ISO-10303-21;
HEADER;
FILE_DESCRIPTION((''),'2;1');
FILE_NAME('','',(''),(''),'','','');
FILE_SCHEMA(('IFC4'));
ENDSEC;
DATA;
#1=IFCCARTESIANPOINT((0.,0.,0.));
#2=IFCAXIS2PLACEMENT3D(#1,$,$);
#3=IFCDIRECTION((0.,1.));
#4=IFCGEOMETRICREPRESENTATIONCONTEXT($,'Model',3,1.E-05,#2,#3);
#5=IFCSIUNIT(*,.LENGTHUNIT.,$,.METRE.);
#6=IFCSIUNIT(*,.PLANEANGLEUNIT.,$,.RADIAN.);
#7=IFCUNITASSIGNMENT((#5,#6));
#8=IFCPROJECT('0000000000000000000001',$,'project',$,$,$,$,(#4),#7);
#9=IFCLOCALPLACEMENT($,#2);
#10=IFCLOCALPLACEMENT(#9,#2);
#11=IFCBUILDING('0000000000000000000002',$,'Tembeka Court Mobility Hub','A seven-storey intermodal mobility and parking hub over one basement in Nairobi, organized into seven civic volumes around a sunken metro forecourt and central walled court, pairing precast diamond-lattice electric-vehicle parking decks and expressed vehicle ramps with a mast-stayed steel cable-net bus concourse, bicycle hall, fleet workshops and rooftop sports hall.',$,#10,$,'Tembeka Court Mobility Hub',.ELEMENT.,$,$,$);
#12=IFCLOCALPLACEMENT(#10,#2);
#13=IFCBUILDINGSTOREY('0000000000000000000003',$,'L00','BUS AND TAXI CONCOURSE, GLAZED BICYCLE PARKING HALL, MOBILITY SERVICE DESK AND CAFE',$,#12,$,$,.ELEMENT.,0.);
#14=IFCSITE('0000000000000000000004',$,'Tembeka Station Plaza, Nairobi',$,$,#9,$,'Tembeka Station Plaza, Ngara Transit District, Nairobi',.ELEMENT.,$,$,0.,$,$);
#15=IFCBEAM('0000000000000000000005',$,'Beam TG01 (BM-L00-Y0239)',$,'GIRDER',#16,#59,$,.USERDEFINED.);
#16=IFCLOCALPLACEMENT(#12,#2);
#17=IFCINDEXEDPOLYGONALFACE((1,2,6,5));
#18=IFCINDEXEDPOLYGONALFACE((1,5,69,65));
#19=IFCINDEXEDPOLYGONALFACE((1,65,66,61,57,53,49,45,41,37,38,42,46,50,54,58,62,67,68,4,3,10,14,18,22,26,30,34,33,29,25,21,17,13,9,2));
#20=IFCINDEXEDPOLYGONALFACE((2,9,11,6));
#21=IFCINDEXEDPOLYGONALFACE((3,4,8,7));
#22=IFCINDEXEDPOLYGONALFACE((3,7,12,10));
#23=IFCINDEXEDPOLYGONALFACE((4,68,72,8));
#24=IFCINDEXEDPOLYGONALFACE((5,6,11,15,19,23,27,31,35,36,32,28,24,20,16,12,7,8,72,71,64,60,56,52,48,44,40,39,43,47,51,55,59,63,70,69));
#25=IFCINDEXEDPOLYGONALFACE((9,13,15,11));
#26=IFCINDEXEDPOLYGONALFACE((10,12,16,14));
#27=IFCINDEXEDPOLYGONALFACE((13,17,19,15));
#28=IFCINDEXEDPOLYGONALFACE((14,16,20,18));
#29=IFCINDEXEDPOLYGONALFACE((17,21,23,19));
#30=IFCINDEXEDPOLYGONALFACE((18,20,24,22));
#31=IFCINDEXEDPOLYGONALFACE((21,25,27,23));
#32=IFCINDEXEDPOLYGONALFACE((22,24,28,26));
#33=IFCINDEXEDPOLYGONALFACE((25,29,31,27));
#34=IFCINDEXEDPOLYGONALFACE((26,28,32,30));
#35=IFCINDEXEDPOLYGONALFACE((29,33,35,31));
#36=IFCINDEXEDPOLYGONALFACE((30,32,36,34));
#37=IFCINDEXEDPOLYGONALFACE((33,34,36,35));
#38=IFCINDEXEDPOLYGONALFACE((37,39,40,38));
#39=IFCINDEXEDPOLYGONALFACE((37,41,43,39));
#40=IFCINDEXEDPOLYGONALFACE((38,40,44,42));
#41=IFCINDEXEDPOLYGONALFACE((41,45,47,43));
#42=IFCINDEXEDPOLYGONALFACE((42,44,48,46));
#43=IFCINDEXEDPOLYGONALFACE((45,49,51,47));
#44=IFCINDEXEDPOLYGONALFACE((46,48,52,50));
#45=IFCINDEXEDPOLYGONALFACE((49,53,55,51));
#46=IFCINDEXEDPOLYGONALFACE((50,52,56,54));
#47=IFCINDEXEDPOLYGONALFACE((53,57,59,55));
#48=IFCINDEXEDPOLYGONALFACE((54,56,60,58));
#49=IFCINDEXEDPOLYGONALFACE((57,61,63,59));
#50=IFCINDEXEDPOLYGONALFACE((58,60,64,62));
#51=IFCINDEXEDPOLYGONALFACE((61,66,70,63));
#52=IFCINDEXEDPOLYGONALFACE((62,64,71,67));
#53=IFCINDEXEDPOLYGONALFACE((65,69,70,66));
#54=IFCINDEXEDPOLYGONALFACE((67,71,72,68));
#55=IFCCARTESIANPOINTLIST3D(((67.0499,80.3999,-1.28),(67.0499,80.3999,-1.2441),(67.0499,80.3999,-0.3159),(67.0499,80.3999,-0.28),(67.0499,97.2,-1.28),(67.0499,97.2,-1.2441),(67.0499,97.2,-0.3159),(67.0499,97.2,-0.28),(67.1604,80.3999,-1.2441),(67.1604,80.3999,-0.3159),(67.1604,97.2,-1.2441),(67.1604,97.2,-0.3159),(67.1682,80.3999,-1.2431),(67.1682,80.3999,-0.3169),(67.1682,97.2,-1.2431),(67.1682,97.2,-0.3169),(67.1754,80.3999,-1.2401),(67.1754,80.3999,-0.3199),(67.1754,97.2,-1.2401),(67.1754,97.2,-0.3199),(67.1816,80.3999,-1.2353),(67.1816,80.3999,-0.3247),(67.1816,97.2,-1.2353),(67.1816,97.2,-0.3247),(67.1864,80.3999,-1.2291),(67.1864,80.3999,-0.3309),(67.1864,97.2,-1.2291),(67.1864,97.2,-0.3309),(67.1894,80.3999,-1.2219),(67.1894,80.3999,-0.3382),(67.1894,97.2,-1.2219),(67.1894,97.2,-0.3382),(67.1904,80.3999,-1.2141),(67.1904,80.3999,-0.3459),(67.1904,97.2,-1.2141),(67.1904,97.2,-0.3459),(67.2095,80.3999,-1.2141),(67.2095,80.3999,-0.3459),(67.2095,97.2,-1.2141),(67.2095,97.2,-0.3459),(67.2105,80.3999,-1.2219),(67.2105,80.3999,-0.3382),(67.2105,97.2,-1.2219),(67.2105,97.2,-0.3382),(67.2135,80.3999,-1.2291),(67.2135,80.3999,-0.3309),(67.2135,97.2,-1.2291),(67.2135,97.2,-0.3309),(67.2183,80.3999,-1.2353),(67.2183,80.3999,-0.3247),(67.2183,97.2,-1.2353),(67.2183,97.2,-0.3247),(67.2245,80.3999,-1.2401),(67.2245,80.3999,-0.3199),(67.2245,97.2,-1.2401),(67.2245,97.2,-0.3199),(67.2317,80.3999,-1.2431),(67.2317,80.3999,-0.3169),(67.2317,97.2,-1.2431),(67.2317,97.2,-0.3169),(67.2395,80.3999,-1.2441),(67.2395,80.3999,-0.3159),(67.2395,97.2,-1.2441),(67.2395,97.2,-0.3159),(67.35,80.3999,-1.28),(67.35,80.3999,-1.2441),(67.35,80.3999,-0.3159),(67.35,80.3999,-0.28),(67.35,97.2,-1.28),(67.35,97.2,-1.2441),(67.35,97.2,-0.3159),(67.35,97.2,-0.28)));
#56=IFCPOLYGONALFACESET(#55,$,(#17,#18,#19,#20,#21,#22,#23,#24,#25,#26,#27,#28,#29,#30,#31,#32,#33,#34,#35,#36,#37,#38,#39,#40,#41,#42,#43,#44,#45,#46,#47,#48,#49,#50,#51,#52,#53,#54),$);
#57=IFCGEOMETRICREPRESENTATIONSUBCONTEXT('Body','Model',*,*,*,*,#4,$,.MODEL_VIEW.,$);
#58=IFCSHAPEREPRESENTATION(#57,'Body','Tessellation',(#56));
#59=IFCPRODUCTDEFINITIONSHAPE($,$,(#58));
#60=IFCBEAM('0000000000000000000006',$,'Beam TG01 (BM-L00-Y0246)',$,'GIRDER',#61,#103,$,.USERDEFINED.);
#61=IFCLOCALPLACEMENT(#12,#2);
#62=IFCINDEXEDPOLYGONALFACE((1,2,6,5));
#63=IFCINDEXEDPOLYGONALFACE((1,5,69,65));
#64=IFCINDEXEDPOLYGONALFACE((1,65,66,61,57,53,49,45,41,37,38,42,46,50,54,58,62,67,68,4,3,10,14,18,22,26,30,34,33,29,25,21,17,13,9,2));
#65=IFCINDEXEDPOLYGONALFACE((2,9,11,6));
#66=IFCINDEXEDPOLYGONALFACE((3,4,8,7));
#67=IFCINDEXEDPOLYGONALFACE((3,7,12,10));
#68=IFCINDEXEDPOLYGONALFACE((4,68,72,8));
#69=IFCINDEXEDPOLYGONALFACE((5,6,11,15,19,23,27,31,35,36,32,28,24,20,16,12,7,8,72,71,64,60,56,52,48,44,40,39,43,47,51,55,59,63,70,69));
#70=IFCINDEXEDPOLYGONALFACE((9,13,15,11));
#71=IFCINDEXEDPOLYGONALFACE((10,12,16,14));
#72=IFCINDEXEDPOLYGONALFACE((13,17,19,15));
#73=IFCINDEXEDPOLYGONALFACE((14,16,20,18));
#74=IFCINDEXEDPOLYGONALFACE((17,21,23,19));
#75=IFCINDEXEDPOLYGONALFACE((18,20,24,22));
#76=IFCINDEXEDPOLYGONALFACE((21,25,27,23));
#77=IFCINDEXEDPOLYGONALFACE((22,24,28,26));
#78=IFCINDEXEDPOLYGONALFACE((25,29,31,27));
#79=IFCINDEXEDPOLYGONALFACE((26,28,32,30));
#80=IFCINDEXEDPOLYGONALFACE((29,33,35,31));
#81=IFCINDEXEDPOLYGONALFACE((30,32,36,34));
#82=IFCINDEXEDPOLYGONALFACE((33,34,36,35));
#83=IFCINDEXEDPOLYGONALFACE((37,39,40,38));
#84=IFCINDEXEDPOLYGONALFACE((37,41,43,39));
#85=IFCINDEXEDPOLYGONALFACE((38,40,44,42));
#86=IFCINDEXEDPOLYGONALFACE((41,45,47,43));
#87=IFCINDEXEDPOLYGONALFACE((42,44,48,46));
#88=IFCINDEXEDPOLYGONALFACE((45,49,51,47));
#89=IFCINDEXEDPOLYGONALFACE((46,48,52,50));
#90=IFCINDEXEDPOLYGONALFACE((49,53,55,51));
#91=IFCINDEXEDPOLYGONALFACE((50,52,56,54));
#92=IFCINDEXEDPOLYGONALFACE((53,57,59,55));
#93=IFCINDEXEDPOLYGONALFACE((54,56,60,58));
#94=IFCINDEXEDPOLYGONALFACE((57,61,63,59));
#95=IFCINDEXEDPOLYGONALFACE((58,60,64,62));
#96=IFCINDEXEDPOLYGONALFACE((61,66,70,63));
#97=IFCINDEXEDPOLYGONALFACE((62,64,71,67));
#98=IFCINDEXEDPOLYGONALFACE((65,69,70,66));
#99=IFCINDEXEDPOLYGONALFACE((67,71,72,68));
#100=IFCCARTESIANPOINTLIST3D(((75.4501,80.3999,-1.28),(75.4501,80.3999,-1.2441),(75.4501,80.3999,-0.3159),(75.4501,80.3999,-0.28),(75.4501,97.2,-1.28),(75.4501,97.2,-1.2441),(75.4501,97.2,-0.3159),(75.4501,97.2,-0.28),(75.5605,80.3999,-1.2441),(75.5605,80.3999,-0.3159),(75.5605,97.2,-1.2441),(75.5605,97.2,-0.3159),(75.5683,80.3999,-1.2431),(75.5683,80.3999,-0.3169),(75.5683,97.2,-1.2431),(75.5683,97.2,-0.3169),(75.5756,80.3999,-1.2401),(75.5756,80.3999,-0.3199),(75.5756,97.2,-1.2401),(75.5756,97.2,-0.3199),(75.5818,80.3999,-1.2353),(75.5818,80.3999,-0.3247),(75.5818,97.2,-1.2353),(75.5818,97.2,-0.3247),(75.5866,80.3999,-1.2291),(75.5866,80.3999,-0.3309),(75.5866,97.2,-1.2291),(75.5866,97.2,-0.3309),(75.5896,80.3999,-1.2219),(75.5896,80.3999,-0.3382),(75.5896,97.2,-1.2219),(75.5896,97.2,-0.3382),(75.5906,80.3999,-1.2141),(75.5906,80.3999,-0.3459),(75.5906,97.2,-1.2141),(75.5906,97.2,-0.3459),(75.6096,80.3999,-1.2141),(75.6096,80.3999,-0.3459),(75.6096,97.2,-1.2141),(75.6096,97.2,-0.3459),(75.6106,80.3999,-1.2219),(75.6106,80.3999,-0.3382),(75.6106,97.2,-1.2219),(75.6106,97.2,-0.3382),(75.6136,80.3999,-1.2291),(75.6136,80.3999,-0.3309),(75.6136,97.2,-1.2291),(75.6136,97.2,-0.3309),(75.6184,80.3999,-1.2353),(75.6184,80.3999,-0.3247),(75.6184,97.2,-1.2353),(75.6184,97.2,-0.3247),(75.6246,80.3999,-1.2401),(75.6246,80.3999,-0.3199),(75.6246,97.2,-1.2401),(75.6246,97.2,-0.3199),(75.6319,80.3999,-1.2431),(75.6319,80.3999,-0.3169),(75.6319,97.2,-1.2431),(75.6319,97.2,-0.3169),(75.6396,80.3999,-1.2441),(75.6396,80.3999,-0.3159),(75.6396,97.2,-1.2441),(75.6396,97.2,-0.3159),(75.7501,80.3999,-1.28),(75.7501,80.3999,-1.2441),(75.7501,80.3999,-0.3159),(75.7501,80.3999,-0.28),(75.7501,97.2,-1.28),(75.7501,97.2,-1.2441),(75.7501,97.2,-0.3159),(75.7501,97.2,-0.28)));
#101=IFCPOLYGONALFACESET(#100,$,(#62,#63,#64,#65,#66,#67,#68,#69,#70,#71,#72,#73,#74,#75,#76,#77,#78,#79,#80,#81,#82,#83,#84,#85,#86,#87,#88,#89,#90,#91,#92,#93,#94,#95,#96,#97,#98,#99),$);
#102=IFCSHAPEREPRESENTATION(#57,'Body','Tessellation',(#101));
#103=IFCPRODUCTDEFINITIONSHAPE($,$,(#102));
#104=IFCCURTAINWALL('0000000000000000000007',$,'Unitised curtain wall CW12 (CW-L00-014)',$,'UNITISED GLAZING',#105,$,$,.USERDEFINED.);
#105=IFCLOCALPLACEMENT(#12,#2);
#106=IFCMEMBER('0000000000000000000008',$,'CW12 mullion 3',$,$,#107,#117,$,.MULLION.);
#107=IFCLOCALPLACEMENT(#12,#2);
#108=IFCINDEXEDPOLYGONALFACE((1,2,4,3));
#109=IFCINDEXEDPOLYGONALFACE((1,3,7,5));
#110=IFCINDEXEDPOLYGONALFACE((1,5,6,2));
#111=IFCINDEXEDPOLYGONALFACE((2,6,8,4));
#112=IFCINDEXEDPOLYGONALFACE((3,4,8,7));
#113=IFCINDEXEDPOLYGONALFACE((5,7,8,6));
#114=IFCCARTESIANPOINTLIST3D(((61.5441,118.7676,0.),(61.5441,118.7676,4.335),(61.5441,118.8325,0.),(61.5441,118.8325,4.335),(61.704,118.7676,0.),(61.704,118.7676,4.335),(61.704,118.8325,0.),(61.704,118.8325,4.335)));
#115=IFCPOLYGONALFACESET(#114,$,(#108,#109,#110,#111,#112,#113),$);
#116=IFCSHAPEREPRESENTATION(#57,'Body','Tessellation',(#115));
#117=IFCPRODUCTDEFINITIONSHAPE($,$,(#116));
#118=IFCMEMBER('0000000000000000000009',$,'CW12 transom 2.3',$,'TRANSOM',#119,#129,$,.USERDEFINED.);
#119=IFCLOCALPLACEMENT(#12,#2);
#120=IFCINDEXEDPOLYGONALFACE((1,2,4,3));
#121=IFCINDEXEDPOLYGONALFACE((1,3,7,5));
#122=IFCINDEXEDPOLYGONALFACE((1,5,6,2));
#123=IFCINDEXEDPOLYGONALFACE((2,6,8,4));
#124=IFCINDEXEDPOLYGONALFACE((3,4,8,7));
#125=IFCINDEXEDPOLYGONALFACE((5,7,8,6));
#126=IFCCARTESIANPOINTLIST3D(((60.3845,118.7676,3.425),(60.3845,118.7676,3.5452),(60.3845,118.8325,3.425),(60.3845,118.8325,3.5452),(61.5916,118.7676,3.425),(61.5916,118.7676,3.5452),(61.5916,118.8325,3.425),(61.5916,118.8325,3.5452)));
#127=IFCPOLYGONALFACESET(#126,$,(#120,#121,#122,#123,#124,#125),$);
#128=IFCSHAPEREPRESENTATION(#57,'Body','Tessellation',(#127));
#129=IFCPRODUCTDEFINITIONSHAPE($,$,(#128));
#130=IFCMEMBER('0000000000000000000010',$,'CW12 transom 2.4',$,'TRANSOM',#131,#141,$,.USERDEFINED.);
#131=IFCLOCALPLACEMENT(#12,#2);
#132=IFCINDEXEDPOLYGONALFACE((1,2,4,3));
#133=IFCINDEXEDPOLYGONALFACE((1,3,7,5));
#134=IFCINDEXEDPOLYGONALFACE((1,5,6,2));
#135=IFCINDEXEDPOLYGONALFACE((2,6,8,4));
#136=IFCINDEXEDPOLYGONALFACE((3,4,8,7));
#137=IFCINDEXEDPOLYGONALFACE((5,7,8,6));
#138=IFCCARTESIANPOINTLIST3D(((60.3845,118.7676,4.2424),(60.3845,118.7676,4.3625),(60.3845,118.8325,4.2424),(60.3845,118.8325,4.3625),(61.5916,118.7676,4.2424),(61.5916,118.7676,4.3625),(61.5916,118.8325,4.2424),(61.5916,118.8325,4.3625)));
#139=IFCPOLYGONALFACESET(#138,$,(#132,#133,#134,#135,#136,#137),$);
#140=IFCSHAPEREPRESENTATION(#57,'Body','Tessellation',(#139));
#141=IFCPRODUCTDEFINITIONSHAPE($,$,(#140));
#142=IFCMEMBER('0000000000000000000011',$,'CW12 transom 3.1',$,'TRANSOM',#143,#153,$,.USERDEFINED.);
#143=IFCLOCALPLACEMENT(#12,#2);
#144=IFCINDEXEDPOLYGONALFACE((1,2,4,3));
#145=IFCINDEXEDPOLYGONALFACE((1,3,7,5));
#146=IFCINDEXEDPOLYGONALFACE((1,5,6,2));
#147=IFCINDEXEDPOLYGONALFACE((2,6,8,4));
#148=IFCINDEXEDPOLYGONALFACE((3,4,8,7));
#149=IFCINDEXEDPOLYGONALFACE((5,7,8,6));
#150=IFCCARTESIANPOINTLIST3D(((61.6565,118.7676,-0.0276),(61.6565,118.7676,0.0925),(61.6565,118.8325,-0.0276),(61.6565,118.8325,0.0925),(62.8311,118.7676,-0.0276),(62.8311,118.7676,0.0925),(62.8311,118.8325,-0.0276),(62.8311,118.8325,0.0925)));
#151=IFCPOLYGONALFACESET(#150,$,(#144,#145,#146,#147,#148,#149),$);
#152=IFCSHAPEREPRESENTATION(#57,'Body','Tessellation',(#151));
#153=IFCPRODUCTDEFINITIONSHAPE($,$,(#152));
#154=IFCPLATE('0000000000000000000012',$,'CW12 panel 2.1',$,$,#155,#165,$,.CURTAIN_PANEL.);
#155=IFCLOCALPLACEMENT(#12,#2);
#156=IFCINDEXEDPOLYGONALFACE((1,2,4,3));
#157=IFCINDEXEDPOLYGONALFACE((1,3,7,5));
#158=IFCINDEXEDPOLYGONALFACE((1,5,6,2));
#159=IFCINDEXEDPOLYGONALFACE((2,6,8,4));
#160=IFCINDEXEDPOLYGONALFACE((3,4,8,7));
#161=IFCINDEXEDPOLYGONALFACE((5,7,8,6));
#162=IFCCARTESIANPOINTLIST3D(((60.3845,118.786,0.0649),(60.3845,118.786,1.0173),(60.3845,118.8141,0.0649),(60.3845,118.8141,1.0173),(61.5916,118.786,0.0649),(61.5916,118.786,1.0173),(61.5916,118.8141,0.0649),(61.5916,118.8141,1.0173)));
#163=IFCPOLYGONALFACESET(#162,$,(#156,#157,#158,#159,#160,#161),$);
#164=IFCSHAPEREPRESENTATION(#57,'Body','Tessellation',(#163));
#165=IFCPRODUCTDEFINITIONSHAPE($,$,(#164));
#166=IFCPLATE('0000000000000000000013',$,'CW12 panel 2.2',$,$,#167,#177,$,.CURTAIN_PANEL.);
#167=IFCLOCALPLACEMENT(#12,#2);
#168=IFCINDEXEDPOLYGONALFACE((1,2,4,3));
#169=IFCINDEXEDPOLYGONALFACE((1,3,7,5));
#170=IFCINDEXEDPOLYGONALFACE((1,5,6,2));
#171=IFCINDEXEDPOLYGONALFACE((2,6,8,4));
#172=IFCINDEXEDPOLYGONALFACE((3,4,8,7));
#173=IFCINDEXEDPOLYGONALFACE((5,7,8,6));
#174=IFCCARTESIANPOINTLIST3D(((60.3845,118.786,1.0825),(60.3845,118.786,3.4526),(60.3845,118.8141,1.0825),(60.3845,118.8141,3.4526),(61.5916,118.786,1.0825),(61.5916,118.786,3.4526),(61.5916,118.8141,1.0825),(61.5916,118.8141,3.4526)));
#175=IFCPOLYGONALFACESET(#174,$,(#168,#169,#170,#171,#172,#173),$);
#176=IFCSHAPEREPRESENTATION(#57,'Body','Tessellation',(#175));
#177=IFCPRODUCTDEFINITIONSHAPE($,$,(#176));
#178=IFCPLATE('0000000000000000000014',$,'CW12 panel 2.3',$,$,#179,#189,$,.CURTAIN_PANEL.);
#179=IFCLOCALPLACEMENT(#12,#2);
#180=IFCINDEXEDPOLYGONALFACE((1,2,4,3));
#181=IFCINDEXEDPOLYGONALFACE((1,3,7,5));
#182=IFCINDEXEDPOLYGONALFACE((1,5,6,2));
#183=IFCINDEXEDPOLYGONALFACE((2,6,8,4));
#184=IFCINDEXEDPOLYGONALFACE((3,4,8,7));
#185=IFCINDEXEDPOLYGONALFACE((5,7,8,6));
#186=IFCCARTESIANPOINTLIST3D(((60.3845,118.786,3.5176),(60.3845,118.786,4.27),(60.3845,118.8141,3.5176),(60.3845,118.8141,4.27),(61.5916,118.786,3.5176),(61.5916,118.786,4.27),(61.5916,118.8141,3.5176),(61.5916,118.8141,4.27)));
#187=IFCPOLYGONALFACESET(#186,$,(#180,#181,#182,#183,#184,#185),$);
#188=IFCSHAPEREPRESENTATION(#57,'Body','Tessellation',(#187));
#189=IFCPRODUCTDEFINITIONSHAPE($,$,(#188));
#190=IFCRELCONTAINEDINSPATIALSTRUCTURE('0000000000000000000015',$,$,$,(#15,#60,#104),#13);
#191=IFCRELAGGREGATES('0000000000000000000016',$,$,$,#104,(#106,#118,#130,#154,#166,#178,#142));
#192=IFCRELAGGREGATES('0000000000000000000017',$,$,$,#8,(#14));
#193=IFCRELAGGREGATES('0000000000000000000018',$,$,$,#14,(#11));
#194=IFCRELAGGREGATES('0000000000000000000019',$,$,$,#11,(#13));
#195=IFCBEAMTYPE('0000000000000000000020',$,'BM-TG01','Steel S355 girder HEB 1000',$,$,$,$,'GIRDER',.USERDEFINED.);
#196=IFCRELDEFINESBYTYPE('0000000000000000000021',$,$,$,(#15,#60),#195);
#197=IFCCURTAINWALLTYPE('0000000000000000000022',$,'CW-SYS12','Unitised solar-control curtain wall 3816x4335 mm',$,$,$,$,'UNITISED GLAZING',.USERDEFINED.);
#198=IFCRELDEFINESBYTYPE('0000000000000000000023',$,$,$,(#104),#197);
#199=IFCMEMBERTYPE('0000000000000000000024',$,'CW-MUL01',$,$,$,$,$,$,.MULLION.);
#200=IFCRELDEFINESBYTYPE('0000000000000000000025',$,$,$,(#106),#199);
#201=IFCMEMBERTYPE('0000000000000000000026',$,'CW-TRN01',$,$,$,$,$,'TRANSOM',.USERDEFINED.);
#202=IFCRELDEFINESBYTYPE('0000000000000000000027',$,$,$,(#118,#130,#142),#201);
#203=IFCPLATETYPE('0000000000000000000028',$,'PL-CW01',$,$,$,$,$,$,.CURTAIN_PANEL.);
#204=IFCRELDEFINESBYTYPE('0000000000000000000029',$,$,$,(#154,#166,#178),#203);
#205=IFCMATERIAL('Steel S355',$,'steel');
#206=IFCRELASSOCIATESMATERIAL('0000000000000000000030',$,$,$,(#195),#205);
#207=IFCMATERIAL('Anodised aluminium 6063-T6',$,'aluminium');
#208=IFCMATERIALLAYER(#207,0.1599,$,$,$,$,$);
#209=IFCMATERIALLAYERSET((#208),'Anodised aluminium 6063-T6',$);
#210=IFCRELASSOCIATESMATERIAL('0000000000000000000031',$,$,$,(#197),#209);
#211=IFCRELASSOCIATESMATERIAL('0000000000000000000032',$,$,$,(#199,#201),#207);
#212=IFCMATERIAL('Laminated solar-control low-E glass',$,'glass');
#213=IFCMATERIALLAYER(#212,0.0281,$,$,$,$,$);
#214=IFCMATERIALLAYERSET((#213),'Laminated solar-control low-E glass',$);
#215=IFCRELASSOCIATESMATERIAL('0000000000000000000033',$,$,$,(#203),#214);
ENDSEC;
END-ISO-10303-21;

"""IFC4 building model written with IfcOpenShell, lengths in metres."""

from ifc_helpers import new_model, si_unit, direction, frame, origin, origin_2d, place, context, subcontext, project, spatial, rectangle, i_section, extrude, material, layer, layer_set, material_profile, profile_set, type_object, element, aggregate, save


model = new_model("IFC4")

# Units and contexts
model_context = context("Model", 3, precision=1e-05, world=origin(), true_north=direction((0.0, 1.0)))
body_context = subcontext(model_context, "Body", "Model", "MODEL_VIEW")
ifc_project = project(units=[si_unit("LENGTHUNIT", "METRE"), si_unit("PLANEANGLEUNIT", "RADIAN")], contexts=[model_context])

# Site, building, storey
site_placement = place(None, origin())
site = spatial("IfcSite", under=ifc_project, at=site_placement, Name="Tembeka Station Plaza, Nairobi", LongName="Tembeka Station Plaza, Ngara Transit District, Nairobi", CompositionType="ELEMENT", RefElevation=0.0)
building_placement = place(site_placement, origin())
building = spatial("IfcBuilding", under=site, at=building_placement, Name="Tembeka Court Mobility Hub", Description="A seven-storey intermodal mobility and parking hub over one basement in Nairobi, organized into seven civic volumes around a sunken metro forecourt and central walled court, pairing precast diamond-lattice electric-vehicle parking decks and expressed vehicle ramps with a mast-stayed steel cable-net bus concourse, bicycle hall, fleet workshops and rooftop sports hall.", LongName="Tembeka Court Mobility Hub", CompositionType="ELEMENT")
storey_placement = place(building_placement, origin())
storey = spatial("IfcBuildingStorey", under=building, at=storey_placement, Name="L00", Description="BUS AND TAXI CONCOURSE, GLAZED BICYCLE PARKING HALL, MOBILITY SERVICE DESK AND CAFE", CompositionType="ELEMENT", Elevation=0.0)

# Shared definitions
ifc_material_1 = material(Name="Steel S355", Category="steel")

# Beams
ifc_material_profile_1 = material_profile(ifc_material_1, i_section(OverallWidth=0.3, OverallDepth=1.0, WebThickness=0.019, FlangeThickness=0.0359, FilletRadius=0.03, at=origin_2d()), Name="HEB 1000")
ifc_profile_set_1 = profile_set([ifc_material_profile_1], Name="Steel S355")
beam_type_1 = type_object("IfcBeamType", Name="BM-TG01", Description="Steel S355 girder HEB 1000", ElementType="GIRDER", PredefinedType="USERDEFINED", material=ifc_profile_set_1)
for number, where, z_axis, x_axis, name in (
    (1, (67.2, 80.3999, -0.78), (0.0, 1.0, 0.0), (-1.0, 0.0, 0.0), "Beam TG01 (BM-L00-Y0239)"),
    (2, (75.6001, 80.3999, -0.78), (0.0, 1.0, 0.0), (-1.0, 0.0, 0.0), "Beam TG01 (BM-L00-Y0246)"),
):
    element("IfcBeam", number, at=place(storey_placement, frame(where, z_axis=z_axis, x_axis=x_axis)), inside=storey, type_object=beam_type_1, Name=name, ObjectType="GIRDER", PredefinedType="USERDEFINED", context=body_context, shape_type="SweptSolid", body=[
        extrude(i_section(OverallWidth=0.3, OverallDepth=1.0, WebThickness=0.019, FlangeThickness=0.0359, FilletRadius=0.03, at=origin_2d()), origin(), (0.0, 0.0, 1.0), 16.8),
    ])

# Curtain wall, members, plates
ifc_material_2 = material(Name="Anodised aluminium 6063-T6", Category="aluminium")
ifc_layer_1 = layer(ifc_material_2, 0.1599)
ifc_layer_set_1 = layer_set([ifc_layer_1], Name="Anodised aluminium 6063-T6")
curtain_wall_type = type_object("IfcCurtainWallType", Name="CW-SYS12", Description="Unitised solar-control curtain wall 3816x4335 mm", ElementType="UNITISED GLAZING", PredefinedType="USERDEFINED", material=ifc_layer_set_1)
curtain_wall_placement = place(storey_placement, origin())
curtain_wall = element("IfcCurtainWall", 3, at=curtain_wall_placement, inside=storey, type_object=curtain_wall_type, Name="Unitised curtain wall CW12 (CW-L00-014)", ObjectType="UNITISED GLAZING", PredefinedType="USERDEFINED")
ifc_material_profile_2 = material_profile(ifc_material_2, rectangle(XDim=0.0649, YDim=0.1599, at=origin_2d()), Name="ALU-MUL 65x160")
ifc_profile_set_2 = profile_set([ifc_material_profile_2], Name="Anodised aluminium 6063-T6")
member_type_1 = type_object("IfcMemberType", Name="CW-MUL01", PredefinedType="MULLION", material=ifc_profile_set_2)
member_1_placement = place(storey_placement, frame((61.624, 118.8, 0.0), z_axis=(0.0, 0.0, 1.0), x_axis=(0.0, 1.0, 0.0)))
member_1 = element("IfcMember", 4, at=member_1_placement, type_object=member_type_1, Name="CW12 mullion 3", PredefinedType="MULLION", context=body_context, shape_type="SweptSolid", body=[
    extrude(rectangle(XDim=0.0649, YDim=0.1599, at=origin_2d()), origin(), (0.0, 0.0, 1.0), 4.335),
])
ifc_material_profile_3 = material_profile(ifc_material_2, rectangle(XDim=0.0649, YDim=0.1201, at=origin_2d()), Name="ALU-TRN 65x120")
ifc_profile_set_3 = profile_set([ifc_material_profile_3], Name="Anodised aluminium 6063-T6")
member_type_2 = type_object("IfcMemberType", Name="CW-TRN01", ElementType="TRANSOM", PredefinedType="USERDEFINED", material=ifc_profile_set_3)
member_2_placement = place(storey_placement, frame((60.3845, 118.8, 3.4851), z_axis=(1.0, 0.0, 0.0), x_axis=(0.0, 1.0, 0.0)))
member_2 = element("IfcMember", 5, at=member_2_placement, type_object=member_type_2, Name="CW12 transom 2.3", ObjectType="TRANSOM", PredefinedType="USERDEFINED", context=body_context, shape_type="SweptSolid", body=[
    extrude(rectangle(XDim=0.0649, YDim=0.1201, at=origin_2d()), origin(), (0.0, 0.0, 1.0), 1.207),
])
member_3_placement = place(storey_placement, frame((60.3845, 118.8, 4.3025), z_axis=(1.0, 0.0, 0.0), x_axis=(0.0, 1.0, 0.0)))
member_3 = element("IfcMember", 6, at=member_3_placement, type_object=member_type_2, Name="CW12 transom 2.4", ObjectType="TRANSOM", PredefinedType="USERDEFINED", context=body_context, shape_type="SweptSolid", body=[
    extrude(rectangle(XDim=0.0649, YDim=0.1201, at=origin_2d()), origin(), (0.0, 0.0, 1.0), 1.207),
])
member_4_placement = place(storey_placement, frame((61.6565, 118.8, 0.0325), z_axis=(1.0, 0.0, 0.0), x_axis=(0.0, 1.0, 0.0)))
member_4 = element("IfcMember", 7, at=member_4_placement, type_object=member_type_2, Name="CW12 transom 3.1", ObjectType="TRANSOM", PredefinedType="USERDEFINED", context=body_context, shape_type="SweptSolid", body=[
    extrude(rectangle(XDim=0.0649, YDim=0.1201, at=origin_2d()), origin(), (0.0, 0.0, 1.0), 1.1746),
])
ifc_material_3 = material(Name="Laminated solar-control low-E glass", Category="glass")
ifc_layer_2 = layer(ifc_material_3, 0.0281)
ifc_layer_set_2 = layer_set([ifc_layer_2], Name="Laminated solar-control low-E glass")
plate_type = type_object("IfcPlateType", Name="PL-CW01", PredefinedType="CURTAIN_PANEL", material=ifc_layer_set_2)
plate_1_placement = place(storey_placement, frame((60.988, 118.8, 0.0649), z_axis=(0.0, 0.0, 1.0), x_axis=(1.0, 0.0, 0.0)))
plate_1 = element("IfcPlate", 8, at=plate_1_placement, type_object=plate_type, Name="CW12 panel 2.1", PredefinedType="CURTAIN_PANEL", context=body_context, shape_type="SweptSolid", body=[
    extrude(rectangle(XDim=1.207, YDim=0.0281, at=origin_2d()), origin(), (0.0, 0.0, 1.0), 0.9524),
])
plate_2_placement = place(storey_placement, frame((60.988, 118.8, 1.0825), z_axis=(0.0, 0.0, 1.0), x_axis=(1.0, 0.0, 0.0)))
plate_2 = element("IfcPlate", 9, at=plate_2_placement, type_object=plate_type, Name="CW12 panel 2.2", PredefinedType="CURTAIN_PANEL", context=body_context, shape_type="SweptSolid", body=[
    extrude(rectangle(XDim=1.207, YDim=0.0281, at=origin_2d()), origin(), (0.0, 0.0, 1.0), 2.3701),
])
plate_3_placement = place(storey_placement, frame((60.988, 118.8, 3.5176), z_axis=(0.0, 0.0, 1.0), x_axis=(1.0, 0.0, 0.0)))
plate_3 = element("IfcPlate", 10, at=plate_3_placement, type_object=plate_type, Name="CW12 panel 2.3", PredefinedType="CURTAIN_PANEL", context=body_context, shape_type="SweptSolid", body=[
    extrude(rectangle(XDim=1.207, YDim=0.0281, at=origin_2d()), origin(), (0.0, 0.0, 1.0), 0.7524),
])
aggregate(curtain_wall, [member_1, member_2, member_3, plate_1, plate_2, plate_3, member_4])

save(model, "model.ifc")
